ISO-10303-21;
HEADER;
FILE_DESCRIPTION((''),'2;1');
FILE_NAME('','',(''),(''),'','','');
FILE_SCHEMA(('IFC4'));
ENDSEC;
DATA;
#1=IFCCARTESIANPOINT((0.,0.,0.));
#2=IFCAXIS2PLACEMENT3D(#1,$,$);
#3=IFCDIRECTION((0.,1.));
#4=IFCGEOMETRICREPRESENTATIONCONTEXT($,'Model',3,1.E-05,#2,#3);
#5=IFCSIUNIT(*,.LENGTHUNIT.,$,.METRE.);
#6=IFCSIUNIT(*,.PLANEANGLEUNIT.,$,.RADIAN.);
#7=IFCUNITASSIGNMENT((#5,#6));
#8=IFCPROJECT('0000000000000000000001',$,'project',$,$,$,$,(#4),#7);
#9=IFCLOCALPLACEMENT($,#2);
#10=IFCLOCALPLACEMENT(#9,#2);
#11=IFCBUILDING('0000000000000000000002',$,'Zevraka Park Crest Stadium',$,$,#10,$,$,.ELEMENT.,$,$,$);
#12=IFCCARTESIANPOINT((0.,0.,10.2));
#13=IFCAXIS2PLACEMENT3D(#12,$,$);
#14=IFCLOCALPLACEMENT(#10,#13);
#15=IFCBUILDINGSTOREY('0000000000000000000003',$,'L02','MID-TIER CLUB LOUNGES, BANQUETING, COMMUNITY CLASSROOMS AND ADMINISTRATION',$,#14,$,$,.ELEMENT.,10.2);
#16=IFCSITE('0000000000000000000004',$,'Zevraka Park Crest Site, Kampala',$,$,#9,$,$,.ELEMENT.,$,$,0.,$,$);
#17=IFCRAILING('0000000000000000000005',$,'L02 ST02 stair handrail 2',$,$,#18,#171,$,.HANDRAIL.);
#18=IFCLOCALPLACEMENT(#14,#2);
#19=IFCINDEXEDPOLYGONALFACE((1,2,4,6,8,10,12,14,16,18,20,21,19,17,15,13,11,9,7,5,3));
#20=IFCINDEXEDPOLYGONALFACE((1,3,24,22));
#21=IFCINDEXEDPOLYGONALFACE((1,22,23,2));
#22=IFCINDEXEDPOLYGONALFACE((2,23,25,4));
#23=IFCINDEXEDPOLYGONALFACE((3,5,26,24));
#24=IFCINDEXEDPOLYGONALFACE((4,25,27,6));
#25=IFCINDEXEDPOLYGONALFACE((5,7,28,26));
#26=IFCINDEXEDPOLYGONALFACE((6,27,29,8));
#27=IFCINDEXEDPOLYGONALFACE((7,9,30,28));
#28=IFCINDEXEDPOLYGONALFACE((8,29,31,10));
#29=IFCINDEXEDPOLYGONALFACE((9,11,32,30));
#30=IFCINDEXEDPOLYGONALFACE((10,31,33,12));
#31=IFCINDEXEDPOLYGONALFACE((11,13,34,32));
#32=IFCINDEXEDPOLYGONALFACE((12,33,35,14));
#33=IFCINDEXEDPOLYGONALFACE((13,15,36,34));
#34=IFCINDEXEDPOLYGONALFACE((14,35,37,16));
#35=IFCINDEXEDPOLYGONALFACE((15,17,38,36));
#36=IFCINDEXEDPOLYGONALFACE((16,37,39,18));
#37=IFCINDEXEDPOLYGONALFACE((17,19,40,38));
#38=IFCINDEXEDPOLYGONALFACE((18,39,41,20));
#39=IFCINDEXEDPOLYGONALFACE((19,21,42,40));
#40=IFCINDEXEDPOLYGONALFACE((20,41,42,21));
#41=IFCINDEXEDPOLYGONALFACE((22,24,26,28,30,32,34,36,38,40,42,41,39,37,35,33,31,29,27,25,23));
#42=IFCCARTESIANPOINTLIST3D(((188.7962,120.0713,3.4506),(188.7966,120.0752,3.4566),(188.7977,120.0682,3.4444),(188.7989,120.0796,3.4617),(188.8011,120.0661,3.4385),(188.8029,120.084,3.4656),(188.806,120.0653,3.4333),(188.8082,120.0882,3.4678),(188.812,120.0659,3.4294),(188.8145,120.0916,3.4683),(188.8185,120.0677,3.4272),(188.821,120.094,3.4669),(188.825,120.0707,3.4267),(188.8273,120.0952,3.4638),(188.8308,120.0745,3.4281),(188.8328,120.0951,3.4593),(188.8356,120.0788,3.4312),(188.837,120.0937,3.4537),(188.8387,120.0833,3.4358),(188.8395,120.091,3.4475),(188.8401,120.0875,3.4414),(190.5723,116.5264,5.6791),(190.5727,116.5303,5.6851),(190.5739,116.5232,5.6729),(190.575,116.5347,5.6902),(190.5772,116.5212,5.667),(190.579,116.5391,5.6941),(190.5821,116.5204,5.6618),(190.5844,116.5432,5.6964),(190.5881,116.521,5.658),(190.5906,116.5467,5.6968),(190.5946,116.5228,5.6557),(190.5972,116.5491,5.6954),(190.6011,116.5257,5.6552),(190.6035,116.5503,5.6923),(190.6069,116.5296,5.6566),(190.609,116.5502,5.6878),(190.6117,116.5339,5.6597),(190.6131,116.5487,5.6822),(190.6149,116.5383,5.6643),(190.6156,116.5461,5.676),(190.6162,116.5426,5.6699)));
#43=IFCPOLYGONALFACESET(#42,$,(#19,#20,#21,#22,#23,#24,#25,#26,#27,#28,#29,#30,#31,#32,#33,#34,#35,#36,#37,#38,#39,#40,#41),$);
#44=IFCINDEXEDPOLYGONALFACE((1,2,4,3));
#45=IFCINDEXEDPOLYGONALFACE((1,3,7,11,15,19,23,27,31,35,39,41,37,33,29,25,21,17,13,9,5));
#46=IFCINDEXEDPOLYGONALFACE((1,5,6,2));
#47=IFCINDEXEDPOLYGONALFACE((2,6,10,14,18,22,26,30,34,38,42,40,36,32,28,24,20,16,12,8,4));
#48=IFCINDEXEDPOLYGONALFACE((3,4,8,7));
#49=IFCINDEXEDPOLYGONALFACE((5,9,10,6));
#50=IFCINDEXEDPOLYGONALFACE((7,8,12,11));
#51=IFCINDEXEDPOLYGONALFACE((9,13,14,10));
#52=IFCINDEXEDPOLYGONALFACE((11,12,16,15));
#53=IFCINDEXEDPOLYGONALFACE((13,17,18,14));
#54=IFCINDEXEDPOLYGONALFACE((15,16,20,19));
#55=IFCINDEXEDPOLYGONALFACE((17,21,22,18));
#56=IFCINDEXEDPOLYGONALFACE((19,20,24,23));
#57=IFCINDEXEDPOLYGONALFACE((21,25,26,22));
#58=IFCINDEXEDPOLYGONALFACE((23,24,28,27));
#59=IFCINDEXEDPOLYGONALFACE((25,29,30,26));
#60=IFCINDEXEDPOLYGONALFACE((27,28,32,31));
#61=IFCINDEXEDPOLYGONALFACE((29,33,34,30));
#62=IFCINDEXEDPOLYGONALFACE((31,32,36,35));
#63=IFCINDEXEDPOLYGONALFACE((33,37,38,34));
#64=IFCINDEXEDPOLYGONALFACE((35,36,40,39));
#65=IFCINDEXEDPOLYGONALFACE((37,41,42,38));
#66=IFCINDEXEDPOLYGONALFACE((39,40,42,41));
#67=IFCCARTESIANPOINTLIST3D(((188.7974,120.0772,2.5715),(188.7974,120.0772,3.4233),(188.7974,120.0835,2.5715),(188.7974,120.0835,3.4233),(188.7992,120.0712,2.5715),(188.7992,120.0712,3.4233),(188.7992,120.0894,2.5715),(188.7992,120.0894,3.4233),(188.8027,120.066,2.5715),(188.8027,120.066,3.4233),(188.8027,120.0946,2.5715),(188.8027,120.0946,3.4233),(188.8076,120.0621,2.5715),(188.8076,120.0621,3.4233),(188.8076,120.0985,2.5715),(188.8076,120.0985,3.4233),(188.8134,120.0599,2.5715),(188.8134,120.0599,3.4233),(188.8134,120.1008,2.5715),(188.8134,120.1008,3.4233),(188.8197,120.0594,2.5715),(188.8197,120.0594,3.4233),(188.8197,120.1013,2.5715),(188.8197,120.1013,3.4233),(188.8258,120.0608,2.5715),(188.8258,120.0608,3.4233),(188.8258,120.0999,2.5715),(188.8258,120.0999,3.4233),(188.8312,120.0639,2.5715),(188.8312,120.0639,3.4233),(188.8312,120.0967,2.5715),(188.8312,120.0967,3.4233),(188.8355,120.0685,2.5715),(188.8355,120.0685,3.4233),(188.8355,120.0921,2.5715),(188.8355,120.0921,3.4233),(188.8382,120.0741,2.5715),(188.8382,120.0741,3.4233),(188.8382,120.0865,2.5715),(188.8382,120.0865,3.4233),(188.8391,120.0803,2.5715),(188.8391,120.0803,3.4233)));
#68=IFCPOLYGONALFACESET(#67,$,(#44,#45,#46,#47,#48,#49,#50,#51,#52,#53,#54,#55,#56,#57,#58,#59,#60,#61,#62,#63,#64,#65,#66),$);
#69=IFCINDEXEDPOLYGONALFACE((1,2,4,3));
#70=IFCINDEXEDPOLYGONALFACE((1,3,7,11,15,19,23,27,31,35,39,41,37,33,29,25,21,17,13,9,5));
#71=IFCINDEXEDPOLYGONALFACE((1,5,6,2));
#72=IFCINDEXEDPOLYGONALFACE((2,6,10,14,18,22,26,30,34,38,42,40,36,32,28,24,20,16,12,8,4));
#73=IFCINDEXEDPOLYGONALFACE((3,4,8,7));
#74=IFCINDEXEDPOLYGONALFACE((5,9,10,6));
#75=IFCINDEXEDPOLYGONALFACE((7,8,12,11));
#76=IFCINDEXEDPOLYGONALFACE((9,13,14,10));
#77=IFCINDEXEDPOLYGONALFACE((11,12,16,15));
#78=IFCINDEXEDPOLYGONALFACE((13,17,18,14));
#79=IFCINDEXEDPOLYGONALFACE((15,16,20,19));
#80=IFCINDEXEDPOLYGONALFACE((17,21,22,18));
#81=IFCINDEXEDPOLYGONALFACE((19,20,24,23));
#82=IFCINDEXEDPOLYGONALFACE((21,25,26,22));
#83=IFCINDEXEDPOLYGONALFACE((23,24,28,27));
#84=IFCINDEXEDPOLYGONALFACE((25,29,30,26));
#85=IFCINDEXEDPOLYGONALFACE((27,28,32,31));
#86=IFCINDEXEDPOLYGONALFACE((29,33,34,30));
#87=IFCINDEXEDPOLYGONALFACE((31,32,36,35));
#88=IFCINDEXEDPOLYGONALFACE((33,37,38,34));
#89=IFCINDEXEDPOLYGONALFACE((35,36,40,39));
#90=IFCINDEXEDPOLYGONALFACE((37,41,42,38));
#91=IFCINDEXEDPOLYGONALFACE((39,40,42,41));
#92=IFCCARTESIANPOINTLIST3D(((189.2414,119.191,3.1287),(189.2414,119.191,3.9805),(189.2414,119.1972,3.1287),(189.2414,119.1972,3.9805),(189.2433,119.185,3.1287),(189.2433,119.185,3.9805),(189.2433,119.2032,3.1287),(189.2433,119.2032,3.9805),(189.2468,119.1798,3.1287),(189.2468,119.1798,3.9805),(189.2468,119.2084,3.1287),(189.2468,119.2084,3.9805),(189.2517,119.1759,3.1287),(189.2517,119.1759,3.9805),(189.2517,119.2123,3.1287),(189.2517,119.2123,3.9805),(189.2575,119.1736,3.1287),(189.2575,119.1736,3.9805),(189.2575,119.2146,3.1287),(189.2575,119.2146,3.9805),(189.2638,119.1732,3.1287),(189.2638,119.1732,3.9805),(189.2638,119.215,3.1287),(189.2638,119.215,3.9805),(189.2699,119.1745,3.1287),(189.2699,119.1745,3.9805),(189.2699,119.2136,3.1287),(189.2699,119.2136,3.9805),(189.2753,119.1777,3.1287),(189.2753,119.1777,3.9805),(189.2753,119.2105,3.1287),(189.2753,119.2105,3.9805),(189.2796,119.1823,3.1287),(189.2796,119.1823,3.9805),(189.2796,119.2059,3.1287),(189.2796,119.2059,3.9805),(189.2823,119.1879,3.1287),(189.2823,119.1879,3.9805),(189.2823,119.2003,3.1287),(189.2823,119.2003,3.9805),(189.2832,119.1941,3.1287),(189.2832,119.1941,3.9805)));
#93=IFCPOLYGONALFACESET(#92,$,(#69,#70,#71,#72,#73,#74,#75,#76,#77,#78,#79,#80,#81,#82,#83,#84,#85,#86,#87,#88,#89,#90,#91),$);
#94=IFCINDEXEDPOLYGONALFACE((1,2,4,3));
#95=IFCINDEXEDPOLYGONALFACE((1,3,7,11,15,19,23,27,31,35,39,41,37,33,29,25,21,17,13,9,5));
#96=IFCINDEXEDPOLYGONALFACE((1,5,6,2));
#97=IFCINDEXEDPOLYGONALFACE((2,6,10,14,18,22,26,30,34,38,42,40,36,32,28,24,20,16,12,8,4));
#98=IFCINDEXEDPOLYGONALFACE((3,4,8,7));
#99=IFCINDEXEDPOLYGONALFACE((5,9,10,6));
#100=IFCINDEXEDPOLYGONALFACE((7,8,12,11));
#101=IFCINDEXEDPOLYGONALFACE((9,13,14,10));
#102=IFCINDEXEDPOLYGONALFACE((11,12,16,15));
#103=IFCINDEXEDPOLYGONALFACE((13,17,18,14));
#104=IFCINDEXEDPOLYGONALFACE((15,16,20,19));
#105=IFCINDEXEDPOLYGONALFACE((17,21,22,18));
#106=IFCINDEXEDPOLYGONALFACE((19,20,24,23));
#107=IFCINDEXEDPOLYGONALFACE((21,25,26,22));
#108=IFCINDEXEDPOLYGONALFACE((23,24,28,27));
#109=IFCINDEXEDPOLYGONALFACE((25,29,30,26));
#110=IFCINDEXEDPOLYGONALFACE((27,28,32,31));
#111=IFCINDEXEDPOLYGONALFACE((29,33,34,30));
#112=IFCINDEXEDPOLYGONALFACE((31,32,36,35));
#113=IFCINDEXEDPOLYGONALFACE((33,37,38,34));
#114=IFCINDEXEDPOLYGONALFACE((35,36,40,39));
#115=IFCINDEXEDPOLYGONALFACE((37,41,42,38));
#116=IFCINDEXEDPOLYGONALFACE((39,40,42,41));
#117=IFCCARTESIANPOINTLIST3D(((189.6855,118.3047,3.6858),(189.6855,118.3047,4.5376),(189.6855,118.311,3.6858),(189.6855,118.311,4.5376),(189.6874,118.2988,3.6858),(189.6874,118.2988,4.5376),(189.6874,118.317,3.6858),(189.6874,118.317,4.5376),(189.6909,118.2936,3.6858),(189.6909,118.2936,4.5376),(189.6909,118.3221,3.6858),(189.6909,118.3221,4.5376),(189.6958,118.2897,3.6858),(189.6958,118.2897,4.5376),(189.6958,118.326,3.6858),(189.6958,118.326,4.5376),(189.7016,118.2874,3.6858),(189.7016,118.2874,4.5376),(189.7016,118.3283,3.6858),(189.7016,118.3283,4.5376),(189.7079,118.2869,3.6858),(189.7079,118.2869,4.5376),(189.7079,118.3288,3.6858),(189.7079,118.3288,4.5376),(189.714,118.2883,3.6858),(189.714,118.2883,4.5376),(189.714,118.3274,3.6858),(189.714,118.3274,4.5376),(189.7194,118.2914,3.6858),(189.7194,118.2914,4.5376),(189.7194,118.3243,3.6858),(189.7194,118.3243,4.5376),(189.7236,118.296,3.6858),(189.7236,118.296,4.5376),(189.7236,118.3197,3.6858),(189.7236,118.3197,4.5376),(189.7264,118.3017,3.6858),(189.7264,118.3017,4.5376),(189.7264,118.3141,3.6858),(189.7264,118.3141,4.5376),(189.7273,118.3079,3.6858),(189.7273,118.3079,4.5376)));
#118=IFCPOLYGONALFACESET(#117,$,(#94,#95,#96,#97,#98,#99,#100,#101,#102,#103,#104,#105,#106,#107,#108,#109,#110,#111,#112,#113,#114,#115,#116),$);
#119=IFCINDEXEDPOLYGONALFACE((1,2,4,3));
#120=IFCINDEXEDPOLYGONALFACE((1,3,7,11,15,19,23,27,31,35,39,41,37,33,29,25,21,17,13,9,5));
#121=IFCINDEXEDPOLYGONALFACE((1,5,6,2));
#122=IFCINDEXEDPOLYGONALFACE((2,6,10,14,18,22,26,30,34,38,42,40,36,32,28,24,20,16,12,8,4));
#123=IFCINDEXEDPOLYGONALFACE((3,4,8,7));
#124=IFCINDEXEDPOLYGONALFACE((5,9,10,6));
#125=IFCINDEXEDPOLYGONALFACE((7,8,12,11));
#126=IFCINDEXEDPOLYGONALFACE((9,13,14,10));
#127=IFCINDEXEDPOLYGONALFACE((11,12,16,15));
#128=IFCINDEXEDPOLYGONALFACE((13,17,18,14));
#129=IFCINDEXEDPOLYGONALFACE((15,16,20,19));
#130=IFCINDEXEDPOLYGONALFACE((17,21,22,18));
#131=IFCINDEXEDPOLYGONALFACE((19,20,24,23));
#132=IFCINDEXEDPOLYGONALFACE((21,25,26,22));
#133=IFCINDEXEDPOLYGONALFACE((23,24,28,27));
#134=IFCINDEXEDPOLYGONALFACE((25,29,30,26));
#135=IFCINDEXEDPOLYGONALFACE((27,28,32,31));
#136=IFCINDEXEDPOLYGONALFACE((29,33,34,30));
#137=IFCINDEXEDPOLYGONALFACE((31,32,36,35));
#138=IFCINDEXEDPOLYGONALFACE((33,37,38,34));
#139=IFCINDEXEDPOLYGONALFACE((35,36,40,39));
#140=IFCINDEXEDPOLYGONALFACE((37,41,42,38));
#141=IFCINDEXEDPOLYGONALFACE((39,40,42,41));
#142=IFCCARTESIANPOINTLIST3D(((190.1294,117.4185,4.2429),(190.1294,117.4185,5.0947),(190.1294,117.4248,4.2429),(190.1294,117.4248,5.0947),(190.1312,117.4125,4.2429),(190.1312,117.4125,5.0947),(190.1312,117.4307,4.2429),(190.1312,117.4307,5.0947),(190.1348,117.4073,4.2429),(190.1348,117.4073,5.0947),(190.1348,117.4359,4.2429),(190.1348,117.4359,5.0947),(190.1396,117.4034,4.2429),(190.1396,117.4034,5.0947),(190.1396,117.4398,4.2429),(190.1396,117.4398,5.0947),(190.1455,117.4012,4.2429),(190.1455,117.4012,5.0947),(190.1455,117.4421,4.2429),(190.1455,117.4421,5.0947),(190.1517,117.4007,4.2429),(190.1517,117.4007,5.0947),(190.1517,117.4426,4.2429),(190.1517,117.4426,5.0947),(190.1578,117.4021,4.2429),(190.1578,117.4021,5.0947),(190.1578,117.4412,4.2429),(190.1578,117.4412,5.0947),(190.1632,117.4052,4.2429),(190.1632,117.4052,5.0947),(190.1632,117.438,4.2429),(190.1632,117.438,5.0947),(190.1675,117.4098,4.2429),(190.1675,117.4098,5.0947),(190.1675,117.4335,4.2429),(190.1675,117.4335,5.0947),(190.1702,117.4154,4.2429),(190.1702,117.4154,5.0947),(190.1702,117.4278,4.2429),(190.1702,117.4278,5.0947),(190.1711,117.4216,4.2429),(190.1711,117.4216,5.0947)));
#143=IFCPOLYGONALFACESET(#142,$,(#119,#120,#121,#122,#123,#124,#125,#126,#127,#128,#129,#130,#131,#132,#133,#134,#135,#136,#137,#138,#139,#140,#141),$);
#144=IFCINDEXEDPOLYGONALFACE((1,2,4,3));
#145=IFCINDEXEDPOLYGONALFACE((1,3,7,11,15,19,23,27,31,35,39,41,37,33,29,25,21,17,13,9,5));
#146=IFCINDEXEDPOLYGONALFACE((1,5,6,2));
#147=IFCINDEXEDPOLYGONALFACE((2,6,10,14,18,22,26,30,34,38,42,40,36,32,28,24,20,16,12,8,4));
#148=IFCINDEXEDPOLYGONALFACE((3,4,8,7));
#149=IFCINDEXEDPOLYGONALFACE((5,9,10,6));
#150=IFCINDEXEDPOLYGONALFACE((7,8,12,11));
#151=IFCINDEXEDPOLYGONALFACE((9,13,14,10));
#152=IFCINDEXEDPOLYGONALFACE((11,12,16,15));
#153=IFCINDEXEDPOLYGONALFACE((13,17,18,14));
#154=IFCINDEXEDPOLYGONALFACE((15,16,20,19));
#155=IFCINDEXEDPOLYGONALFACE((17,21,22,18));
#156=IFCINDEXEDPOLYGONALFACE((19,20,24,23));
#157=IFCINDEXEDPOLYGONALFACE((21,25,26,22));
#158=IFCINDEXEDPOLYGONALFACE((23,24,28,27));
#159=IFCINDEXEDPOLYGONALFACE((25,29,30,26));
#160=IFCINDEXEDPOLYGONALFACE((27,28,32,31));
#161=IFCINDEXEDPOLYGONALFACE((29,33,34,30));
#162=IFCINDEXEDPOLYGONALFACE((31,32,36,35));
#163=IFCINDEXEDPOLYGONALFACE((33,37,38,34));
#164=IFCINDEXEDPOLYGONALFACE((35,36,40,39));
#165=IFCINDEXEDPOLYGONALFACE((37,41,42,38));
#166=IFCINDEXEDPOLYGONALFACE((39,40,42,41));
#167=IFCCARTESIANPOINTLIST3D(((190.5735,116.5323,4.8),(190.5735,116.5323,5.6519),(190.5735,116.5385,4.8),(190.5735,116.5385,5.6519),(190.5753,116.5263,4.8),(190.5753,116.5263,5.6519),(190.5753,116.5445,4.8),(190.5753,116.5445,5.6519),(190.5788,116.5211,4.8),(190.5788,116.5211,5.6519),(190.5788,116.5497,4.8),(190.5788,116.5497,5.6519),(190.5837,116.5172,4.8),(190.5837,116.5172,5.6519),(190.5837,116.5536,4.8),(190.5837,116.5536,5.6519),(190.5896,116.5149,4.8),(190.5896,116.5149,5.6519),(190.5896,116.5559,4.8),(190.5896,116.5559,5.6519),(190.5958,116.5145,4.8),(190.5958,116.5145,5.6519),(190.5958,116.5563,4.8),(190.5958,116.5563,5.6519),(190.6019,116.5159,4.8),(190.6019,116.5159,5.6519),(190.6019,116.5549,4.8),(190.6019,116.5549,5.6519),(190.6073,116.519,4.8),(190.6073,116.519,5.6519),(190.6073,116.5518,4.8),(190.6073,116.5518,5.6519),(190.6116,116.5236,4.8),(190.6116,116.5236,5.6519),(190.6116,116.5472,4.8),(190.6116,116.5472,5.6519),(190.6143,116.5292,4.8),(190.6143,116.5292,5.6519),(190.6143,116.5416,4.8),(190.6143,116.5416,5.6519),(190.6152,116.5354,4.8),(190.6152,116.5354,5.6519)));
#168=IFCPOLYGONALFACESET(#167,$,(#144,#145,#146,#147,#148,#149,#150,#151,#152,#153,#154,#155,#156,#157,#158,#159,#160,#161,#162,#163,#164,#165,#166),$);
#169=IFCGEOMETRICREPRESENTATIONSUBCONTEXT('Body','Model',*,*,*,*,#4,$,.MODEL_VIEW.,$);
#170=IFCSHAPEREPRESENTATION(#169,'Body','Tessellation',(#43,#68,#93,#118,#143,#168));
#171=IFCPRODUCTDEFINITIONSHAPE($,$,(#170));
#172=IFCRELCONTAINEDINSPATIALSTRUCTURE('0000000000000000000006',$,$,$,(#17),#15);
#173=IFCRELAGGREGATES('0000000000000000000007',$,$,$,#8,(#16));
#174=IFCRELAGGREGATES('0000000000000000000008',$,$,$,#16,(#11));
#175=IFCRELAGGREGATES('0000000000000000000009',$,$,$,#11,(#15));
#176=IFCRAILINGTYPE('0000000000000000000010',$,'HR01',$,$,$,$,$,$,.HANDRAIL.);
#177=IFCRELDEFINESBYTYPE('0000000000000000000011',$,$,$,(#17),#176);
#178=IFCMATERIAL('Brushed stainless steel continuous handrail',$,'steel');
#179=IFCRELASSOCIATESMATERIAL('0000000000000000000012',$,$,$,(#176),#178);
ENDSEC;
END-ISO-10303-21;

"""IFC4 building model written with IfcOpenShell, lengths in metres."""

from ifc_helpers import new_model, si_unit, direction, frame, origin, origin_2d, place, context, subcontext, project, spatial, circle, extrude, material, type_object, element, save


model = new_model("IFC4")

# Units and contexts
model_context = context("Model", 3, precision=1e-05, world=origin(), true_north=direction((0.0, 1.0)))
body_context = subcontext(model_context, "Body", "Model", "MODEL_VIEW")
ifc_project = project(units=[si_unit("LENGTHUNIT", "METRE"), si_unit("PLANEANGLEUNIT", "RADIAN")], contexts=[model_context])

# Site, building, storey
site_placement = place(None, origin())
site = spatial("IfcSite", under=ifc_project, at=site_placement, Name="Zevraka Park Crest Site, Kampala", CompositionType="ELEMENT", RefElevation=0.0)
building_placement = place(site_placement, origin())
building = spatial("IfcBuilding", under=site, at=building_placement, Name="Zevraka Park Crest Stadium", CompositionType="ELEMENT")
storey_placement = place(building_placement, frame((0.0, 0.0, 10.2)))
storey = spatial("IfcBuildingStorey", under=building, at=storey_placement, Name="L02", Description="MID-TIER CLUB LOUNGES, BANQUETING, COMMUNITY CLASSROOMS AND ADMINISTRATION", CompositionType="ELEMENT", Elevation=10.2)

# Railing
ifc_material_1 = material(Name="Brushed stainless steel continuous handrail", Category="steel")
railing_type_1 = type_object("IfcRailingType", Name="HR01", PredefinedType="HANDRAIL", material=ifc_material_1)
railing_1_placement = place(storey_placement, frame((188.8181, 120.0803, 2.5715)))
element("IfcRailing", 1, at=railing_1_placement, inside=storey, type_object=railing_type_1, Name="L02 ST02 stair handrail 2", PredefinedType="HANDRAIL", context=body_context, shape_type="SweptSolid", body=[
    extrude(circle(Radius=0.0239, at=origin_2d()), frame((0.0, 0.0, 0.876), z_axis=(0.390499, -0.779389, 0.489963), x_axis=(0.894057, 0.447952, 0.0)), (0.0, 0.0, 1.0), 4.5483),
    extrude(circle(Radius=0.021, at=origin_2d()), origin(), (0.0, 0.0, 1.0), 0.8518),
    extrude(circle(Radius=0.021, at=origin_2d()), frame((0.4441, -0.8862, 0.5571)), (0.0, 0.0, 1.0), 0.8518),
    extrude(circle(Radius=0.021, at=origin_2d()), frame((0.8882, -1.7725, 1.1143)), (0.0, 0.0, 1.0), 0.8518),
    extrude(circle(Radius=0.021, at=origin_2d()), frame((1.332, -2.6587, 1.6714)), (0.0, 0.0, 1.0), 0.8518),
    extrude(circle(Radius=0.021, at=origin_2d()), frame((1.7761, -3.5449, 2.2285)), (0.0, 0.0, 1.0), 0.8518),
])

save(model, "model.ifc")
